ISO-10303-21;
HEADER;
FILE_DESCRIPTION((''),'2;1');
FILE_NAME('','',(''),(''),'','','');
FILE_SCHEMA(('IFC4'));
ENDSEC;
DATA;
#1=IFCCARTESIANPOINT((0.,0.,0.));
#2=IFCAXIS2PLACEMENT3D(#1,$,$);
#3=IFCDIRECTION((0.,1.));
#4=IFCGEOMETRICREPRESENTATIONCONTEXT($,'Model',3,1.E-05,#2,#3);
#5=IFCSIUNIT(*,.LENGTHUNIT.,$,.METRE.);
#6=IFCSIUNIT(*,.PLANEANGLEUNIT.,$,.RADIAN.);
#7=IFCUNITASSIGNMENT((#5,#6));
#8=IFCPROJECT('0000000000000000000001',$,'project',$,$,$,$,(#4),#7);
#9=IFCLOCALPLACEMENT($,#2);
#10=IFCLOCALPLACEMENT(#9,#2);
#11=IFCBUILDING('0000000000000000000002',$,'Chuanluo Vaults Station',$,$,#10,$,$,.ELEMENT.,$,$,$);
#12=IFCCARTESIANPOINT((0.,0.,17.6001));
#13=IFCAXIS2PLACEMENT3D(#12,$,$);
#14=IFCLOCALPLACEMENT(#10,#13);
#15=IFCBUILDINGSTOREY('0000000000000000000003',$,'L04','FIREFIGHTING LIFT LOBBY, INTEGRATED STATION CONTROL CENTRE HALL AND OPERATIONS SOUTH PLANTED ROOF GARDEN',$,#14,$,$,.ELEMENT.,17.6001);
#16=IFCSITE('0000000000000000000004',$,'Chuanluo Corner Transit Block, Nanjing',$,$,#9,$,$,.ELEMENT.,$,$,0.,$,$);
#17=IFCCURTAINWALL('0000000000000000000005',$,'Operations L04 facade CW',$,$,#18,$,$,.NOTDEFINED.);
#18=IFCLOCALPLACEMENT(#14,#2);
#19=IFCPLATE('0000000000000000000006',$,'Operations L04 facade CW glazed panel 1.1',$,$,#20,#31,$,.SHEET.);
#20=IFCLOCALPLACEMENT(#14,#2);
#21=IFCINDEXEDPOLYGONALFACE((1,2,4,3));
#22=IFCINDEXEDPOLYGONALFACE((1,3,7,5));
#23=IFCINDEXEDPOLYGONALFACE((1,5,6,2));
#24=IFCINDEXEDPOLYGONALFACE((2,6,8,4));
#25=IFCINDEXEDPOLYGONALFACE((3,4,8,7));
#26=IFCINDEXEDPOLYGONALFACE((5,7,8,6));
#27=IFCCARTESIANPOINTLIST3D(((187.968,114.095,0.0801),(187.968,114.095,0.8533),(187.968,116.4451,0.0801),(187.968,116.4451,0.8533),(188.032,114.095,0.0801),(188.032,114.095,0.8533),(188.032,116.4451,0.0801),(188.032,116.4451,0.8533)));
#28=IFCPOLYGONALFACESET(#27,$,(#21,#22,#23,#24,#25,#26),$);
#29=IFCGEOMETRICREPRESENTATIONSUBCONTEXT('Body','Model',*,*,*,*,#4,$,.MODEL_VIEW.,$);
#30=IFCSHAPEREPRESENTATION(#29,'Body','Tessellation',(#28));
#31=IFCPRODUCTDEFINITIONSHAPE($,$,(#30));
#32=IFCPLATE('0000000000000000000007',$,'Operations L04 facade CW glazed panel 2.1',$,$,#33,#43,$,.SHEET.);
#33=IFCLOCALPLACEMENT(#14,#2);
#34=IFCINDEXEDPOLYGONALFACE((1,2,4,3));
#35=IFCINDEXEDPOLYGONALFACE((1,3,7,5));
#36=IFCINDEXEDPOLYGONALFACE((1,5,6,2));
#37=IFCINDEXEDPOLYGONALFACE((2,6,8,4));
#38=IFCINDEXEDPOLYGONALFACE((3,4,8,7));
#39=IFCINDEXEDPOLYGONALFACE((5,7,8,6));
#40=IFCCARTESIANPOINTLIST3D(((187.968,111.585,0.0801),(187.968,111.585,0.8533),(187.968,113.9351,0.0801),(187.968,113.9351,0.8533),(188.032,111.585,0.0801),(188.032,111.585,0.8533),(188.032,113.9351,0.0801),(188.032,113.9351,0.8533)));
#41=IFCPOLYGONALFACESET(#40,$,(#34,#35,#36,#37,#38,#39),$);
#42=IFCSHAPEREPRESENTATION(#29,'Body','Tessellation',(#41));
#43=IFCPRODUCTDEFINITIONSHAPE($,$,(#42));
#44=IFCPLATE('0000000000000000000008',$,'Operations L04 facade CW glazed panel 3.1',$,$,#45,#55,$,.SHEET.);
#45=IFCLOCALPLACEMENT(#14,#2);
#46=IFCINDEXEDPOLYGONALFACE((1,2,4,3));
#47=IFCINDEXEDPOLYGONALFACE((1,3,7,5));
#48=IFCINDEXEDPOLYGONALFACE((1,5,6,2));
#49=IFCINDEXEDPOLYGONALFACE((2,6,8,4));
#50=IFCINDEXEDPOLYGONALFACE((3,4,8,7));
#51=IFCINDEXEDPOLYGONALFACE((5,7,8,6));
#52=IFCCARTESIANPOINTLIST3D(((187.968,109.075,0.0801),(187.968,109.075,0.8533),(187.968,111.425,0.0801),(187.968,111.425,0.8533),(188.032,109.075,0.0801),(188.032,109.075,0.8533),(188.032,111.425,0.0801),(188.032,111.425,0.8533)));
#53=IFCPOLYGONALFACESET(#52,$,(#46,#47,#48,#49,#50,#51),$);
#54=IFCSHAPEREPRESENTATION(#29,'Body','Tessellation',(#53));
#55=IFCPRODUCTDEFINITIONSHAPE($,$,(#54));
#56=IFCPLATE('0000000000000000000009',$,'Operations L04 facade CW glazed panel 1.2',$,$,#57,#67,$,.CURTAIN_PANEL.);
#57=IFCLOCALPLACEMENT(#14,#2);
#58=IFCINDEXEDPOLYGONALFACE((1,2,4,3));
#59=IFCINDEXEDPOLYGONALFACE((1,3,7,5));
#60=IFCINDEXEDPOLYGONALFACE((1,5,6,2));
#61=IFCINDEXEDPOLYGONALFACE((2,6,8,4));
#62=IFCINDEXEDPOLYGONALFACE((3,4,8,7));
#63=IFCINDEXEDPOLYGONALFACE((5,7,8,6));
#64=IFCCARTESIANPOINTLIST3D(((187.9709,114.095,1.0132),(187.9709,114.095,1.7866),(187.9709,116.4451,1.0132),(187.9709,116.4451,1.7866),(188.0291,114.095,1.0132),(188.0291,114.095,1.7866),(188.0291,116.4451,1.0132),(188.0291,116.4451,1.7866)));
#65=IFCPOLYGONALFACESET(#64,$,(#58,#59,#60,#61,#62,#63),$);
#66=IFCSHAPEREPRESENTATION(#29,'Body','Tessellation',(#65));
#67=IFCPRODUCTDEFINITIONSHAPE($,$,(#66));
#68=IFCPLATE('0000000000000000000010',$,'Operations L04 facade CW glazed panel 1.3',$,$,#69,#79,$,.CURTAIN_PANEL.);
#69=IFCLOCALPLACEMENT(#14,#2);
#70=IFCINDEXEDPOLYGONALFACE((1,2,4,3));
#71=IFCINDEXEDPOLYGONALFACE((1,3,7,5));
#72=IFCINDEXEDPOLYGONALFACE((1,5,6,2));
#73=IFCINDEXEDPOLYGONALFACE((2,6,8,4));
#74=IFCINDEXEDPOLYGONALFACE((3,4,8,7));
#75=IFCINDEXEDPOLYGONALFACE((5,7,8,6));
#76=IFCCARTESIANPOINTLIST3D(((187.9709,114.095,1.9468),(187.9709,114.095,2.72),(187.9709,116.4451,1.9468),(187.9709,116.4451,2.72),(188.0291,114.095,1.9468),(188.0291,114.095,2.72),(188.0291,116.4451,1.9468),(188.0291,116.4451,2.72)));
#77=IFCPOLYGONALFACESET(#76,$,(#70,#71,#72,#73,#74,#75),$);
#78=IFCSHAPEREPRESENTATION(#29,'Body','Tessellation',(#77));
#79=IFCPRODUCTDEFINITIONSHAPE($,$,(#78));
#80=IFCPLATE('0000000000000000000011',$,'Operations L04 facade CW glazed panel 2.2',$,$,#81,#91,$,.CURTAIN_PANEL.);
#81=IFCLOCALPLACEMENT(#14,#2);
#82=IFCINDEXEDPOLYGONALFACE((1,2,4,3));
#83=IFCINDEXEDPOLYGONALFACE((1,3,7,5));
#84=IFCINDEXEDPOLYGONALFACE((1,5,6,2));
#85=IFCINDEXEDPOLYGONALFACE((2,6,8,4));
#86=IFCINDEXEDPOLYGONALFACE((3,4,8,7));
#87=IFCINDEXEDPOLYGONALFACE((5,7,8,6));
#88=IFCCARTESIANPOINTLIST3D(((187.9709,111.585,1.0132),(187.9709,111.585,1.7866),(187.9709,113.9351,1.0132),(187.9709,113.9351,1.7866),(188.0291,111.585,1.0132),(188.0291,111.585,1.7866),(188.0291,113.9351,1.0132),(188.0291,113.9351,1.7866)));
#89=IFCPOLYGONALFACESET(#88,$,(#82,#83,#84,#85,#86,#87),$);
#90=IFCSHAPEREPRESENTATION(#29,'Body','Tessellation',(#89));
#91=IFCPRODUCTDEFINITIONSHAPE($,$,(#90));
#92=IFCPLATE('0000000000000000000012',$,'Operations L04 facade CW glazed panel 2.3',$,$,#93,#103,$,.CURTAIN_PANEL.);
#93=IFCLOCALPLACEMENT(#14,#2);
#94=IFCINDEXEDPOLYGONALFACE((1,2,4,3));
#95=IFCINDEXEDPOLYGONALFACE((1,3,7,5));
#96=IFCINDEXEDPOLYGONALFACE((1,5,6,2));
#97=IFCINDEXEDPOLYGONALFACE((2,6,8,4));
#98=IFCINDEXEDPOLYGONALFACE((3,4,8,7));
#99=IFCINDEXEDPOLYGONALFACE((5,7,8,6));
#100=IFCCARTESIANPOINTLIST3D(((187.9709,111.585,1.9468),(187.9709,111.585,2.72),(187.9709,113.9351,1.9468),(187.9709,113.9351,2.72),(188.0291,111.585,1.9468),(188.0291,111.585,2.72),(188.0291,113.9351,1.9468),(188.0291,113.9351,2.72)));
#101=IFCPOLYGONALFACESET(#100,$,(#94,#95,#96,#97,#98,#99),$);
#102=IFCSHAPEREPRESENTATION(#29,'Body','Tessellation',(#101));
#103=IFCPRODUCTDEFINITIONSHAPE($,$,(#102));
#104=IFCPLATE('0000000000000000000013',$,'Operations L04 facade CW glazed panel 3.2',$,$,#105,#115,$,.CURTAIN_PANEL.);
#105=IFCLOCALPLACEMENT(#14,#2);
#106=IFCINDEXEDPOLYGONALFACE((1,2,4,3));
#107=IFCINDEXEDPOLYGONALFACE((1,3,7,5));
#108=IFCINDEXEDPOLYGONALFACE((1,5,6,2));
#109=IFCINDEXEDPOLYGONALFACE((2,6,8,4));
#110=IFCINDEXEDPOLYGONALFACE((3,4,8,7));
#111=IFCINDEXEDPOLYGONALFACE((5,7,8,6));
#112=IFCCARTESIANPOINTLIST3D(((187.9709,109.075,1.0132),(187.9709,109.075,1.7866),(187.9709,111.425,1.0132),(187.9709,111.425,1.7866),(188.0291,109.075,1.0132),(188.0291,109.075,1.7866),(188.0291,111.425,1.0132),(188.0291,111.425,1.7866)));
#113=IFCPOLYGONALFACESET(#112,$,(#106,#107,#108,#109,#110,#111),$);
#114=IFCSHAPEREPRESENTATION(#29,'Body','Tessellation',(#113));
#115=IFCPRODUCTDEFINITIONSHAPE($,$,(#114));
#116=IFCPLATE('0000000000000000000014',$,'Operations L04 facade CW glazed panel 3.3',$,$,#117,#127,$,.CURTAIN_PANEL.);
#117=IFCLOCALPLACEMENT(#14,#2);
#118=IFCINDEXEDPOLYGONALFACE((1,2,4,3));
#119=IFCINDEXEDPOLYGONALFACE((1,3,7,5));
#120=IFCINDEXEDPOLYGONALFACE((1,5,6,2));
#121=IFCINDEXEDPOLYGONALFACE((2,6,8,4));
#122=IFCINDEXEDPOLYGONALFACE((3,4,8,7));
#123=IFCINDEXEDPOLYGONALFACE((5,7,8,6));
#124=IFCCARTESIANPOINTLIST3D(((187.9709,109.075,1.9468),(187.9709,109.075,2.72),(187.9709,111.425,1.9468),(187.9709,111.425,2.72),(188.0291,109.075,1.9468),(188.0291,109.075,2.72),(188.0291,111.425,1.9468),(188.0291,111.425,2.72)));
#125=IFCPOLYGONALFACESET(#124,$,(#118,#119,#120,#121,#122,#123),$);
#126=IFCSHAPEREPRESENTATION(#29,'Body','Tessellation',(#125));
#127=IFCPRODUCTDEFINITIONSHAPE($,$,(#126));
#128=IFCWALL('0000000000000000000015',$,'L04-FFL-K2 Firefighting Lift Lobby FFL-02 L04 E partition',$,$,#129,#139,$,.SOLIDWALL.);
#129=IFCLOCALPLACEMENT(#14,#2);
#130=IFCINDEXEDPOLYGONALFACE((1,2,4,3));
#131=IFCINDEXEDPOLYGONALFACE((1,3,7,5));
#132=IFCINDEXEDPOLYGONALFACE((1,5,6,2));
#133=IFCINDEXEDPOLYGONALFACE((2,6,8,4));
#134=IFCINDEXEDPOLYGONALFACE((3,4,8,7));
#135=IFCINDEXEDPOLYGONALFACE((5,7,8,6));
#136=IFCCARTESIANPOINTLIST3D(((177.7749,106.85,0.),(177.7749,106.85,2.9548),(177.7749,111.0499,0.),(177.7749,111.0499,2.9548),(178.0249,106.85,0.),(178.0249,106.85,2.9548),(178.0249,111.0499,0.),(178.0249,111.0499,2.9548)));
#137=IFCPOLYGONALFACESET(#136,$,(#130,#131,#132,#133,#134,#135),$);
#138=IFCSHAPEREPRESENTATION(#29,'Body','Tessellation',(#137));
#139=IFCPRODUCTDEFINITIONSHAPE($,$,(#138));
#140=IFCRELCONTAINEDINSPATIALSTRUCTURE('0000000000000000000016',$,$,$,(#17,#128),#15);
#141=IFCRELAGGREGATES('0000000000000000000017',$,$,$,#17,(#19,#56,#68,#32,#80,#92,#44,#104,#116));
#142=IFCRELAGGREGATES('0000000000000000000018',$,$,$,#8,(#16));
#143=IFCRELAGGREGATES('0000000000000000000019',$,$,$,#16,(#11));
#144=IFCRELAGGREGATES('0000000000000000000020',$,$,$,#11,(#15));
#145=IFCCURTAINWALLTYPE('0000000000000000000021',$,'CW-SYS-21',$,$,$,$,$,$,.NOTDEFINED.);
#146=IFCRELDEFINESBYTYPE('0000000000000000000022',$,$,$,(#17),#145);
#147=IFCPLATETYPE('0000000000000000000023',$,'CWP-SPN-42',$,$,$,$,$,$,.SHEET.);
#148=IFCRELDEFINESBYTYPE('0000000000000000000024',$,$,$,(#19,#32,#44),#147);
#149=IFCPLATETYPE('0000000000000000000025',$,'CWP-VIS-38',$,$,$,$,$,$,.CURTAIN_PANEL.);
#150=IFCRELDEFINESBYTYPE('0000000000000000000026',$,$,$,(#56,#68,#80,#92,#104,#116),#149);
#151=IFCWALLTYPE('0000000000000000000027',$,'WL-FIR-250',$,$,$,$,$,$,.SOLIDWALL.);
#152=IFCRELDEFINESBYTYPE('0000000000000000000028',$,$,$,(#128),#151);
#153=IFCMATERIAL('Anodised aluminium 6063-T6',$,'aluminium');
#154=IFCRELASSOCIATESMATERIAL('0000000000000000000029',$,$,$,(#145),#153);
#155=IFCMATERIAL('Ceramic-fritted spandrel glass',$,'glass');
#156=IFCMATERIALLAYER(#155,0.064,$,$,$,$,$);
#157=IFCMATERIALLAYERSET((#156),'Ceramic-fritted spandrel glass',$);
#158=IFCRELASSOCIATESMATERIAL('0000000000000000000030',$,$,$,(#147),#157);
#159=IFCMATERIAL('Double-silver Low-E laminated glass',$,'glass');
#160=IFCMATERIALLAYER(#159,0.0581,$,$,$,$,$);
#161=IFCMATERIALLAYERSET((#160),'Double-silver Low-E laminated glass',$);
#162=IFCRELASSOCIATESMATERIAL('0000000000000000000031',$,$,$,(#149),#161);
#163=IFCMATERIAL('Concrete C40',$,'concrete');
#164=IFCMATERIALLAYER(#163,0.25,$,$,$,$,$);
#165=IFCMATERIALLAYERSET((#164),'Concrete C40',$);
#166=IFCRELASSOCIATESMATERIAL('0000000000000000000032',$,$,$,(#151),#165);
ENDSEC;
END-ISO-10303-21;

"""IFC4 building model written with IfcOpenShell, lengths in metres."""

from ifc_helpers import new_model, si_unit, direction, frame, frame_2d, origin, origin_2d, place, context, subcontext, project, spatial, rectangle, extrude, material, layer, layer_set, type_object, element, aggregate, save


model = new_model("IFC4")

# Units and contexts
model_context = context("Model", 3, precision=1e-05, world=origin(), true_north=direction((0.0, 1.0)))
body_context = subcontext(model_context, "Body", "Model", "MODEL_VIEW")
ifc_project = project(units=[si_unit("LENGTHUNIT", "METRE"), si_unit("PLANEANGLEUNIT", "RADIAN")], contexts=[model_context])

# Site, building, storey
site_placement = place(None, origin())
site = spatial("IfcSite", under=ifc_project, at=site_placement, Name="Chuanluo Corner Transit Block, Nanjing", CompositionType="ELEMENT", RefElevation=0.0)
building_placement = place(site_placement, origin())
building = spatial("IfcBuilding", under=site, at=building_placement, Name="Chuanluo Vaults Station", CompositionType="ELEMENT")
storey_placement = place(building_placement, frame((0.0, 0.0, 17.6001)))
storey = spatial("IfcBuildingStorey", under=building, at=storey_placement, Name="L04", Description="FIREFIGHTING LIFT LOBBY, INTEGRATED STATION CONTROL CENTRE HALL AND OPERATIONS SOUTH PLANTED ROOF GARDEN", CompositionType="ELEMENT", Elevation=17.6001)

# Curtain wall, plates
ifc_material_1 = material(Name="Anodised aluminium 6063-T6", Category="aluminium")
curtain_wall_type = type_object("IfcCurtainWallType", Name="CW-SYS-21", PredefinedType="NOTDEFINED", material=ifc_material_1)
curtain_wall_placement = place(storey_placement, origin())
curtain_wall = element("IfcCurtainWall", 1, at=curtain_wall_placement, inside=storey, type_object=curtain_wall_type, Name="Operations L04 facade CW", PredefinedType="NOTDEFINED")
ifc_material_2 = material(Name="Ceramic-fritted spandrel glass", Category="glass")
ifc_layer_1 = layer(ifc_material_2, 0.064)
ifc_layer_set_1 = layer_set([ifc_layer_1], Name="Ceramic-fritted spandrel glass")
plate_type_1 = type_object("IfcPlateType", Name="CWP-SPN-42", PredefinedType="SHEET", material=ifc_layer_set_1)
plate_1_placement = place(storey_placement, frame((188.0, 115.27, 0.0801), z_axis=(0.0, 0.0, 1.0), x_axis=(0.0, -1.0, 0.0)))
plate_1 = element("IfcPlate", 2, at=plate_1_placement, type_object=plate_type_1, Name="Operations L04 facade CW glazed panel 1.1", PredefinedType="SHEET", context=body_context, shape_type="SweptSolid", body=[
    extrude(rectangle(XDim=2.3501, YDim=0.064, at=origin_2d()), origin(), (0.0, 0.0, 1.0), 0.7732),
])
plate_2_placement = place(storey_placement, frame((188.0, 112.76, 0.0801), z_axis=(0.0, 0.0, 1.0), x_axis=(0.0, -1.0, 0.0)))
plate_2 = element("IfcPlate", 3, at=plate_2_placement, type_object=plate_type_1, Name="Operations L04 facade CW glazed panel 2.1", PredefinedType="SHEET", context=body_context, shape_type="SweptSolid", body=[
    extrude(rectangle(XDim=2.3501, YDim=0.064, at=origin_2d()), origin(), (0.0, 0.0, 1.0), 0.7732),
])
plate_3_placement = place(storey_placement, frame((188.0, 110.25, 0.0801), z_axis=(0.0, 0.0, 1.0), x_axis=(0.0, -1.0, 0.0)))
plate_3 = element("IfcPlate", 4, at=plate_3_placement, type_object=plate_type_1, Name="Operations L04 facade CW glazed panel 3.1", PredefinedType="SHEET", context=body_context, shape_type="SweptSolid", body=[
    extrude(rectangle(XDim=2.3501, YDim=0.064, at=origin_2d()), origin(), (0.0, 0.0, 1.0), 0.7732),
])
ifc_material_3 = material(Name="Double-silver Low-E laminated glass", Category="glass")
ifc_layer_2 = layer(ifc_material_3, 0.0581)
ifc_layer_set_2 = layer_set([ifc_layer_2], Name="Double-silver Low-E laminated glass")
plate_type_2 = type_object("IfcPlateType", Name="CWP-VIS-38", PredefinedType="CURTAIN_PANEL", material=ifc_layer_set_2)
plate_4_placement = place(storey_placement, frame((188.0, 115.27, 1.0132), z_axis=(0.0, 0.0, 1.0), x_axis=(0.0, -1.0, 0.0)))
plate_4 = element("IfcPlate", 5, at=plate_4_placement, type_object=plate_type_2, Name="Operations L04 facade CW glazed panel 1.2", PredefinedType="CURTAIN_PANEL", context=body_context, shape_type="SweptSolid", body=[
    extrude(rectangle(XDim=2.3501, YDim=0.0581, at=origin_2d()), origin(), (0.0, 0.0, 1.0), 0.7734),
])
plate_5_placement = place(storey_placement, frame((188.0, 115.27, 1.9468), z_axis=(0.0, 0.0, 1.0), x_axis=(0.0, -1.0, 0.0)))
plate_5 = element("IfcPlate", 6, at=plate_5_placement, type_object=plate_type_2, Name="Operations L04 facade CW glazed panel 1.3", PredefinedType="CURTAIN_PANEL", context=body_context, shape_type="SweptSolid", body=[
    extrude(rectangle(XDim=2.3501, YDim=0.0581, at=origin_2d()), origin(), (0.0, 0.0, 1.0), 0.7732),
])
plate_6_placement = place(storey_placement, frame((188.0, 112.76, 1.0132), z_axis=(0.0, 0.0, 1.0), x_axis=(0.0, -1.0, 0.0)))
plate_6 = element("IfcPlate", 7, at=plate_6_placement, type_object=plate_type_2, Name="Operations L04 facade CW glazed panel 2.2", PredefinedType="CURTAIN_PANEL", context=body_context, shape_type="SweptSolid", body=[
    extrude(rectangle(XDim=2.3501, YDim=0.0581, at=origin_2d()), origin(), (0.0, 0.0, 1.0), 0.7734),
])
plate_7_placement = place(storey_placement, frame((188.0, 112.76, 1.9468), z_axis=(0.0, 0.0, 1.0), x_axis=(0.0, -1.0, 0.0)))
plate_7 = element("IfcPlate", 8, at=plate_7_placement, type_object=plate_type_2, Name="Operations L04 facade CW glazed panel 2.3", PredefinedType="CURTAIN_PANEL", context=body_context, shape_type="SweptSolid", body=[
    extrude(rectangle(XDim=2.3501, YDim=0.0581, at=origin_2d()), origin(), (0.0, 0.0, 1.0), 0.7732),
])
plate_8_placement = place(storey_placement, frame((188.0, 110.25, 1.0132), z_axis=(0.0, 0.0, 1.0), x_axis=(0.0, -1.0, 0.0)))
plate_8 = element("IfcPlate", 9, at=plate_8_placement, type_object=plate_type_2, Name="Operations L04 facade CW glazed panel 3.2", PredefinedType="CURTAIN_PANEL", context=body_context, shape_type="SweptSolid", body=[
    extrude(rectangle(XDim=2.3501, YDim=0.0581, at=origin_2d()), origin(), (0.0, 0.0, 1.0), 0.7734),
])
plate_9_placement = place(storey_placement, frame((188.0, 110.25, 1.9468), z_axis=(0.0, 0.0, 1.0), x_axis=(0.0, -1.0, 0.0)))
plate_9 = element("IfcPlate", 10, at=plate_9_placement, type_object=plate_type_2, Name="Operations L04 facade CW glazed panel 3.3", PredefinedType="CURTAIN_PANEL", context=body_context, shape_type="SweptSolid", body=[
    extrude(rectangle(XDim=2.3501, YDim=0.0581, at=origin_2d()), origin(), (0.0, 0.0, 1.0), 0.7732),
])
aggregate(curtain_wall, [plate_1, plate_4, plate_5, plate_2, plate_6, plate_7, plate_3, plate_8, plate_9])

# Wall
ifc_material_4 = material(Name="Concrete C40", Category="concrete")
ifc_layer_3 = layer(ifc_material_4, 0.25)
ifc_layer_set_3 = layer_set([ifc_layer_3], Name="Concrete C40")
wall_type = type_object("IfcWallType", Name="WL-FIR-250", PredefinedType="SOLIDWALL", material=ifc_layer_set_3)
wall_placement = place(storey_placement, frame((177.8999, 111.05, 0.0), z_axis=(0.0, 0.0, 1.0), x_axis=(0.0, -1.0, 0.0)))
element("IfcWall", 11, at=wall_placement, inside=storey, type_object=wall_type, Name="L04-FFL-K2 Firefighting Lift Lobby FFL-02 L04 E partition", PredefinedType="SOLIDWALL", context=body_context, shape_type="SweptSolid", body=[
    extrude(rectangle(XDim=4.2, YDim=0.25, at=frame_2d((2.1001, 0.0))), origin(), (0.0, 0.0, 1.0), 2.9548),
])

save(model, "model.ifc")
